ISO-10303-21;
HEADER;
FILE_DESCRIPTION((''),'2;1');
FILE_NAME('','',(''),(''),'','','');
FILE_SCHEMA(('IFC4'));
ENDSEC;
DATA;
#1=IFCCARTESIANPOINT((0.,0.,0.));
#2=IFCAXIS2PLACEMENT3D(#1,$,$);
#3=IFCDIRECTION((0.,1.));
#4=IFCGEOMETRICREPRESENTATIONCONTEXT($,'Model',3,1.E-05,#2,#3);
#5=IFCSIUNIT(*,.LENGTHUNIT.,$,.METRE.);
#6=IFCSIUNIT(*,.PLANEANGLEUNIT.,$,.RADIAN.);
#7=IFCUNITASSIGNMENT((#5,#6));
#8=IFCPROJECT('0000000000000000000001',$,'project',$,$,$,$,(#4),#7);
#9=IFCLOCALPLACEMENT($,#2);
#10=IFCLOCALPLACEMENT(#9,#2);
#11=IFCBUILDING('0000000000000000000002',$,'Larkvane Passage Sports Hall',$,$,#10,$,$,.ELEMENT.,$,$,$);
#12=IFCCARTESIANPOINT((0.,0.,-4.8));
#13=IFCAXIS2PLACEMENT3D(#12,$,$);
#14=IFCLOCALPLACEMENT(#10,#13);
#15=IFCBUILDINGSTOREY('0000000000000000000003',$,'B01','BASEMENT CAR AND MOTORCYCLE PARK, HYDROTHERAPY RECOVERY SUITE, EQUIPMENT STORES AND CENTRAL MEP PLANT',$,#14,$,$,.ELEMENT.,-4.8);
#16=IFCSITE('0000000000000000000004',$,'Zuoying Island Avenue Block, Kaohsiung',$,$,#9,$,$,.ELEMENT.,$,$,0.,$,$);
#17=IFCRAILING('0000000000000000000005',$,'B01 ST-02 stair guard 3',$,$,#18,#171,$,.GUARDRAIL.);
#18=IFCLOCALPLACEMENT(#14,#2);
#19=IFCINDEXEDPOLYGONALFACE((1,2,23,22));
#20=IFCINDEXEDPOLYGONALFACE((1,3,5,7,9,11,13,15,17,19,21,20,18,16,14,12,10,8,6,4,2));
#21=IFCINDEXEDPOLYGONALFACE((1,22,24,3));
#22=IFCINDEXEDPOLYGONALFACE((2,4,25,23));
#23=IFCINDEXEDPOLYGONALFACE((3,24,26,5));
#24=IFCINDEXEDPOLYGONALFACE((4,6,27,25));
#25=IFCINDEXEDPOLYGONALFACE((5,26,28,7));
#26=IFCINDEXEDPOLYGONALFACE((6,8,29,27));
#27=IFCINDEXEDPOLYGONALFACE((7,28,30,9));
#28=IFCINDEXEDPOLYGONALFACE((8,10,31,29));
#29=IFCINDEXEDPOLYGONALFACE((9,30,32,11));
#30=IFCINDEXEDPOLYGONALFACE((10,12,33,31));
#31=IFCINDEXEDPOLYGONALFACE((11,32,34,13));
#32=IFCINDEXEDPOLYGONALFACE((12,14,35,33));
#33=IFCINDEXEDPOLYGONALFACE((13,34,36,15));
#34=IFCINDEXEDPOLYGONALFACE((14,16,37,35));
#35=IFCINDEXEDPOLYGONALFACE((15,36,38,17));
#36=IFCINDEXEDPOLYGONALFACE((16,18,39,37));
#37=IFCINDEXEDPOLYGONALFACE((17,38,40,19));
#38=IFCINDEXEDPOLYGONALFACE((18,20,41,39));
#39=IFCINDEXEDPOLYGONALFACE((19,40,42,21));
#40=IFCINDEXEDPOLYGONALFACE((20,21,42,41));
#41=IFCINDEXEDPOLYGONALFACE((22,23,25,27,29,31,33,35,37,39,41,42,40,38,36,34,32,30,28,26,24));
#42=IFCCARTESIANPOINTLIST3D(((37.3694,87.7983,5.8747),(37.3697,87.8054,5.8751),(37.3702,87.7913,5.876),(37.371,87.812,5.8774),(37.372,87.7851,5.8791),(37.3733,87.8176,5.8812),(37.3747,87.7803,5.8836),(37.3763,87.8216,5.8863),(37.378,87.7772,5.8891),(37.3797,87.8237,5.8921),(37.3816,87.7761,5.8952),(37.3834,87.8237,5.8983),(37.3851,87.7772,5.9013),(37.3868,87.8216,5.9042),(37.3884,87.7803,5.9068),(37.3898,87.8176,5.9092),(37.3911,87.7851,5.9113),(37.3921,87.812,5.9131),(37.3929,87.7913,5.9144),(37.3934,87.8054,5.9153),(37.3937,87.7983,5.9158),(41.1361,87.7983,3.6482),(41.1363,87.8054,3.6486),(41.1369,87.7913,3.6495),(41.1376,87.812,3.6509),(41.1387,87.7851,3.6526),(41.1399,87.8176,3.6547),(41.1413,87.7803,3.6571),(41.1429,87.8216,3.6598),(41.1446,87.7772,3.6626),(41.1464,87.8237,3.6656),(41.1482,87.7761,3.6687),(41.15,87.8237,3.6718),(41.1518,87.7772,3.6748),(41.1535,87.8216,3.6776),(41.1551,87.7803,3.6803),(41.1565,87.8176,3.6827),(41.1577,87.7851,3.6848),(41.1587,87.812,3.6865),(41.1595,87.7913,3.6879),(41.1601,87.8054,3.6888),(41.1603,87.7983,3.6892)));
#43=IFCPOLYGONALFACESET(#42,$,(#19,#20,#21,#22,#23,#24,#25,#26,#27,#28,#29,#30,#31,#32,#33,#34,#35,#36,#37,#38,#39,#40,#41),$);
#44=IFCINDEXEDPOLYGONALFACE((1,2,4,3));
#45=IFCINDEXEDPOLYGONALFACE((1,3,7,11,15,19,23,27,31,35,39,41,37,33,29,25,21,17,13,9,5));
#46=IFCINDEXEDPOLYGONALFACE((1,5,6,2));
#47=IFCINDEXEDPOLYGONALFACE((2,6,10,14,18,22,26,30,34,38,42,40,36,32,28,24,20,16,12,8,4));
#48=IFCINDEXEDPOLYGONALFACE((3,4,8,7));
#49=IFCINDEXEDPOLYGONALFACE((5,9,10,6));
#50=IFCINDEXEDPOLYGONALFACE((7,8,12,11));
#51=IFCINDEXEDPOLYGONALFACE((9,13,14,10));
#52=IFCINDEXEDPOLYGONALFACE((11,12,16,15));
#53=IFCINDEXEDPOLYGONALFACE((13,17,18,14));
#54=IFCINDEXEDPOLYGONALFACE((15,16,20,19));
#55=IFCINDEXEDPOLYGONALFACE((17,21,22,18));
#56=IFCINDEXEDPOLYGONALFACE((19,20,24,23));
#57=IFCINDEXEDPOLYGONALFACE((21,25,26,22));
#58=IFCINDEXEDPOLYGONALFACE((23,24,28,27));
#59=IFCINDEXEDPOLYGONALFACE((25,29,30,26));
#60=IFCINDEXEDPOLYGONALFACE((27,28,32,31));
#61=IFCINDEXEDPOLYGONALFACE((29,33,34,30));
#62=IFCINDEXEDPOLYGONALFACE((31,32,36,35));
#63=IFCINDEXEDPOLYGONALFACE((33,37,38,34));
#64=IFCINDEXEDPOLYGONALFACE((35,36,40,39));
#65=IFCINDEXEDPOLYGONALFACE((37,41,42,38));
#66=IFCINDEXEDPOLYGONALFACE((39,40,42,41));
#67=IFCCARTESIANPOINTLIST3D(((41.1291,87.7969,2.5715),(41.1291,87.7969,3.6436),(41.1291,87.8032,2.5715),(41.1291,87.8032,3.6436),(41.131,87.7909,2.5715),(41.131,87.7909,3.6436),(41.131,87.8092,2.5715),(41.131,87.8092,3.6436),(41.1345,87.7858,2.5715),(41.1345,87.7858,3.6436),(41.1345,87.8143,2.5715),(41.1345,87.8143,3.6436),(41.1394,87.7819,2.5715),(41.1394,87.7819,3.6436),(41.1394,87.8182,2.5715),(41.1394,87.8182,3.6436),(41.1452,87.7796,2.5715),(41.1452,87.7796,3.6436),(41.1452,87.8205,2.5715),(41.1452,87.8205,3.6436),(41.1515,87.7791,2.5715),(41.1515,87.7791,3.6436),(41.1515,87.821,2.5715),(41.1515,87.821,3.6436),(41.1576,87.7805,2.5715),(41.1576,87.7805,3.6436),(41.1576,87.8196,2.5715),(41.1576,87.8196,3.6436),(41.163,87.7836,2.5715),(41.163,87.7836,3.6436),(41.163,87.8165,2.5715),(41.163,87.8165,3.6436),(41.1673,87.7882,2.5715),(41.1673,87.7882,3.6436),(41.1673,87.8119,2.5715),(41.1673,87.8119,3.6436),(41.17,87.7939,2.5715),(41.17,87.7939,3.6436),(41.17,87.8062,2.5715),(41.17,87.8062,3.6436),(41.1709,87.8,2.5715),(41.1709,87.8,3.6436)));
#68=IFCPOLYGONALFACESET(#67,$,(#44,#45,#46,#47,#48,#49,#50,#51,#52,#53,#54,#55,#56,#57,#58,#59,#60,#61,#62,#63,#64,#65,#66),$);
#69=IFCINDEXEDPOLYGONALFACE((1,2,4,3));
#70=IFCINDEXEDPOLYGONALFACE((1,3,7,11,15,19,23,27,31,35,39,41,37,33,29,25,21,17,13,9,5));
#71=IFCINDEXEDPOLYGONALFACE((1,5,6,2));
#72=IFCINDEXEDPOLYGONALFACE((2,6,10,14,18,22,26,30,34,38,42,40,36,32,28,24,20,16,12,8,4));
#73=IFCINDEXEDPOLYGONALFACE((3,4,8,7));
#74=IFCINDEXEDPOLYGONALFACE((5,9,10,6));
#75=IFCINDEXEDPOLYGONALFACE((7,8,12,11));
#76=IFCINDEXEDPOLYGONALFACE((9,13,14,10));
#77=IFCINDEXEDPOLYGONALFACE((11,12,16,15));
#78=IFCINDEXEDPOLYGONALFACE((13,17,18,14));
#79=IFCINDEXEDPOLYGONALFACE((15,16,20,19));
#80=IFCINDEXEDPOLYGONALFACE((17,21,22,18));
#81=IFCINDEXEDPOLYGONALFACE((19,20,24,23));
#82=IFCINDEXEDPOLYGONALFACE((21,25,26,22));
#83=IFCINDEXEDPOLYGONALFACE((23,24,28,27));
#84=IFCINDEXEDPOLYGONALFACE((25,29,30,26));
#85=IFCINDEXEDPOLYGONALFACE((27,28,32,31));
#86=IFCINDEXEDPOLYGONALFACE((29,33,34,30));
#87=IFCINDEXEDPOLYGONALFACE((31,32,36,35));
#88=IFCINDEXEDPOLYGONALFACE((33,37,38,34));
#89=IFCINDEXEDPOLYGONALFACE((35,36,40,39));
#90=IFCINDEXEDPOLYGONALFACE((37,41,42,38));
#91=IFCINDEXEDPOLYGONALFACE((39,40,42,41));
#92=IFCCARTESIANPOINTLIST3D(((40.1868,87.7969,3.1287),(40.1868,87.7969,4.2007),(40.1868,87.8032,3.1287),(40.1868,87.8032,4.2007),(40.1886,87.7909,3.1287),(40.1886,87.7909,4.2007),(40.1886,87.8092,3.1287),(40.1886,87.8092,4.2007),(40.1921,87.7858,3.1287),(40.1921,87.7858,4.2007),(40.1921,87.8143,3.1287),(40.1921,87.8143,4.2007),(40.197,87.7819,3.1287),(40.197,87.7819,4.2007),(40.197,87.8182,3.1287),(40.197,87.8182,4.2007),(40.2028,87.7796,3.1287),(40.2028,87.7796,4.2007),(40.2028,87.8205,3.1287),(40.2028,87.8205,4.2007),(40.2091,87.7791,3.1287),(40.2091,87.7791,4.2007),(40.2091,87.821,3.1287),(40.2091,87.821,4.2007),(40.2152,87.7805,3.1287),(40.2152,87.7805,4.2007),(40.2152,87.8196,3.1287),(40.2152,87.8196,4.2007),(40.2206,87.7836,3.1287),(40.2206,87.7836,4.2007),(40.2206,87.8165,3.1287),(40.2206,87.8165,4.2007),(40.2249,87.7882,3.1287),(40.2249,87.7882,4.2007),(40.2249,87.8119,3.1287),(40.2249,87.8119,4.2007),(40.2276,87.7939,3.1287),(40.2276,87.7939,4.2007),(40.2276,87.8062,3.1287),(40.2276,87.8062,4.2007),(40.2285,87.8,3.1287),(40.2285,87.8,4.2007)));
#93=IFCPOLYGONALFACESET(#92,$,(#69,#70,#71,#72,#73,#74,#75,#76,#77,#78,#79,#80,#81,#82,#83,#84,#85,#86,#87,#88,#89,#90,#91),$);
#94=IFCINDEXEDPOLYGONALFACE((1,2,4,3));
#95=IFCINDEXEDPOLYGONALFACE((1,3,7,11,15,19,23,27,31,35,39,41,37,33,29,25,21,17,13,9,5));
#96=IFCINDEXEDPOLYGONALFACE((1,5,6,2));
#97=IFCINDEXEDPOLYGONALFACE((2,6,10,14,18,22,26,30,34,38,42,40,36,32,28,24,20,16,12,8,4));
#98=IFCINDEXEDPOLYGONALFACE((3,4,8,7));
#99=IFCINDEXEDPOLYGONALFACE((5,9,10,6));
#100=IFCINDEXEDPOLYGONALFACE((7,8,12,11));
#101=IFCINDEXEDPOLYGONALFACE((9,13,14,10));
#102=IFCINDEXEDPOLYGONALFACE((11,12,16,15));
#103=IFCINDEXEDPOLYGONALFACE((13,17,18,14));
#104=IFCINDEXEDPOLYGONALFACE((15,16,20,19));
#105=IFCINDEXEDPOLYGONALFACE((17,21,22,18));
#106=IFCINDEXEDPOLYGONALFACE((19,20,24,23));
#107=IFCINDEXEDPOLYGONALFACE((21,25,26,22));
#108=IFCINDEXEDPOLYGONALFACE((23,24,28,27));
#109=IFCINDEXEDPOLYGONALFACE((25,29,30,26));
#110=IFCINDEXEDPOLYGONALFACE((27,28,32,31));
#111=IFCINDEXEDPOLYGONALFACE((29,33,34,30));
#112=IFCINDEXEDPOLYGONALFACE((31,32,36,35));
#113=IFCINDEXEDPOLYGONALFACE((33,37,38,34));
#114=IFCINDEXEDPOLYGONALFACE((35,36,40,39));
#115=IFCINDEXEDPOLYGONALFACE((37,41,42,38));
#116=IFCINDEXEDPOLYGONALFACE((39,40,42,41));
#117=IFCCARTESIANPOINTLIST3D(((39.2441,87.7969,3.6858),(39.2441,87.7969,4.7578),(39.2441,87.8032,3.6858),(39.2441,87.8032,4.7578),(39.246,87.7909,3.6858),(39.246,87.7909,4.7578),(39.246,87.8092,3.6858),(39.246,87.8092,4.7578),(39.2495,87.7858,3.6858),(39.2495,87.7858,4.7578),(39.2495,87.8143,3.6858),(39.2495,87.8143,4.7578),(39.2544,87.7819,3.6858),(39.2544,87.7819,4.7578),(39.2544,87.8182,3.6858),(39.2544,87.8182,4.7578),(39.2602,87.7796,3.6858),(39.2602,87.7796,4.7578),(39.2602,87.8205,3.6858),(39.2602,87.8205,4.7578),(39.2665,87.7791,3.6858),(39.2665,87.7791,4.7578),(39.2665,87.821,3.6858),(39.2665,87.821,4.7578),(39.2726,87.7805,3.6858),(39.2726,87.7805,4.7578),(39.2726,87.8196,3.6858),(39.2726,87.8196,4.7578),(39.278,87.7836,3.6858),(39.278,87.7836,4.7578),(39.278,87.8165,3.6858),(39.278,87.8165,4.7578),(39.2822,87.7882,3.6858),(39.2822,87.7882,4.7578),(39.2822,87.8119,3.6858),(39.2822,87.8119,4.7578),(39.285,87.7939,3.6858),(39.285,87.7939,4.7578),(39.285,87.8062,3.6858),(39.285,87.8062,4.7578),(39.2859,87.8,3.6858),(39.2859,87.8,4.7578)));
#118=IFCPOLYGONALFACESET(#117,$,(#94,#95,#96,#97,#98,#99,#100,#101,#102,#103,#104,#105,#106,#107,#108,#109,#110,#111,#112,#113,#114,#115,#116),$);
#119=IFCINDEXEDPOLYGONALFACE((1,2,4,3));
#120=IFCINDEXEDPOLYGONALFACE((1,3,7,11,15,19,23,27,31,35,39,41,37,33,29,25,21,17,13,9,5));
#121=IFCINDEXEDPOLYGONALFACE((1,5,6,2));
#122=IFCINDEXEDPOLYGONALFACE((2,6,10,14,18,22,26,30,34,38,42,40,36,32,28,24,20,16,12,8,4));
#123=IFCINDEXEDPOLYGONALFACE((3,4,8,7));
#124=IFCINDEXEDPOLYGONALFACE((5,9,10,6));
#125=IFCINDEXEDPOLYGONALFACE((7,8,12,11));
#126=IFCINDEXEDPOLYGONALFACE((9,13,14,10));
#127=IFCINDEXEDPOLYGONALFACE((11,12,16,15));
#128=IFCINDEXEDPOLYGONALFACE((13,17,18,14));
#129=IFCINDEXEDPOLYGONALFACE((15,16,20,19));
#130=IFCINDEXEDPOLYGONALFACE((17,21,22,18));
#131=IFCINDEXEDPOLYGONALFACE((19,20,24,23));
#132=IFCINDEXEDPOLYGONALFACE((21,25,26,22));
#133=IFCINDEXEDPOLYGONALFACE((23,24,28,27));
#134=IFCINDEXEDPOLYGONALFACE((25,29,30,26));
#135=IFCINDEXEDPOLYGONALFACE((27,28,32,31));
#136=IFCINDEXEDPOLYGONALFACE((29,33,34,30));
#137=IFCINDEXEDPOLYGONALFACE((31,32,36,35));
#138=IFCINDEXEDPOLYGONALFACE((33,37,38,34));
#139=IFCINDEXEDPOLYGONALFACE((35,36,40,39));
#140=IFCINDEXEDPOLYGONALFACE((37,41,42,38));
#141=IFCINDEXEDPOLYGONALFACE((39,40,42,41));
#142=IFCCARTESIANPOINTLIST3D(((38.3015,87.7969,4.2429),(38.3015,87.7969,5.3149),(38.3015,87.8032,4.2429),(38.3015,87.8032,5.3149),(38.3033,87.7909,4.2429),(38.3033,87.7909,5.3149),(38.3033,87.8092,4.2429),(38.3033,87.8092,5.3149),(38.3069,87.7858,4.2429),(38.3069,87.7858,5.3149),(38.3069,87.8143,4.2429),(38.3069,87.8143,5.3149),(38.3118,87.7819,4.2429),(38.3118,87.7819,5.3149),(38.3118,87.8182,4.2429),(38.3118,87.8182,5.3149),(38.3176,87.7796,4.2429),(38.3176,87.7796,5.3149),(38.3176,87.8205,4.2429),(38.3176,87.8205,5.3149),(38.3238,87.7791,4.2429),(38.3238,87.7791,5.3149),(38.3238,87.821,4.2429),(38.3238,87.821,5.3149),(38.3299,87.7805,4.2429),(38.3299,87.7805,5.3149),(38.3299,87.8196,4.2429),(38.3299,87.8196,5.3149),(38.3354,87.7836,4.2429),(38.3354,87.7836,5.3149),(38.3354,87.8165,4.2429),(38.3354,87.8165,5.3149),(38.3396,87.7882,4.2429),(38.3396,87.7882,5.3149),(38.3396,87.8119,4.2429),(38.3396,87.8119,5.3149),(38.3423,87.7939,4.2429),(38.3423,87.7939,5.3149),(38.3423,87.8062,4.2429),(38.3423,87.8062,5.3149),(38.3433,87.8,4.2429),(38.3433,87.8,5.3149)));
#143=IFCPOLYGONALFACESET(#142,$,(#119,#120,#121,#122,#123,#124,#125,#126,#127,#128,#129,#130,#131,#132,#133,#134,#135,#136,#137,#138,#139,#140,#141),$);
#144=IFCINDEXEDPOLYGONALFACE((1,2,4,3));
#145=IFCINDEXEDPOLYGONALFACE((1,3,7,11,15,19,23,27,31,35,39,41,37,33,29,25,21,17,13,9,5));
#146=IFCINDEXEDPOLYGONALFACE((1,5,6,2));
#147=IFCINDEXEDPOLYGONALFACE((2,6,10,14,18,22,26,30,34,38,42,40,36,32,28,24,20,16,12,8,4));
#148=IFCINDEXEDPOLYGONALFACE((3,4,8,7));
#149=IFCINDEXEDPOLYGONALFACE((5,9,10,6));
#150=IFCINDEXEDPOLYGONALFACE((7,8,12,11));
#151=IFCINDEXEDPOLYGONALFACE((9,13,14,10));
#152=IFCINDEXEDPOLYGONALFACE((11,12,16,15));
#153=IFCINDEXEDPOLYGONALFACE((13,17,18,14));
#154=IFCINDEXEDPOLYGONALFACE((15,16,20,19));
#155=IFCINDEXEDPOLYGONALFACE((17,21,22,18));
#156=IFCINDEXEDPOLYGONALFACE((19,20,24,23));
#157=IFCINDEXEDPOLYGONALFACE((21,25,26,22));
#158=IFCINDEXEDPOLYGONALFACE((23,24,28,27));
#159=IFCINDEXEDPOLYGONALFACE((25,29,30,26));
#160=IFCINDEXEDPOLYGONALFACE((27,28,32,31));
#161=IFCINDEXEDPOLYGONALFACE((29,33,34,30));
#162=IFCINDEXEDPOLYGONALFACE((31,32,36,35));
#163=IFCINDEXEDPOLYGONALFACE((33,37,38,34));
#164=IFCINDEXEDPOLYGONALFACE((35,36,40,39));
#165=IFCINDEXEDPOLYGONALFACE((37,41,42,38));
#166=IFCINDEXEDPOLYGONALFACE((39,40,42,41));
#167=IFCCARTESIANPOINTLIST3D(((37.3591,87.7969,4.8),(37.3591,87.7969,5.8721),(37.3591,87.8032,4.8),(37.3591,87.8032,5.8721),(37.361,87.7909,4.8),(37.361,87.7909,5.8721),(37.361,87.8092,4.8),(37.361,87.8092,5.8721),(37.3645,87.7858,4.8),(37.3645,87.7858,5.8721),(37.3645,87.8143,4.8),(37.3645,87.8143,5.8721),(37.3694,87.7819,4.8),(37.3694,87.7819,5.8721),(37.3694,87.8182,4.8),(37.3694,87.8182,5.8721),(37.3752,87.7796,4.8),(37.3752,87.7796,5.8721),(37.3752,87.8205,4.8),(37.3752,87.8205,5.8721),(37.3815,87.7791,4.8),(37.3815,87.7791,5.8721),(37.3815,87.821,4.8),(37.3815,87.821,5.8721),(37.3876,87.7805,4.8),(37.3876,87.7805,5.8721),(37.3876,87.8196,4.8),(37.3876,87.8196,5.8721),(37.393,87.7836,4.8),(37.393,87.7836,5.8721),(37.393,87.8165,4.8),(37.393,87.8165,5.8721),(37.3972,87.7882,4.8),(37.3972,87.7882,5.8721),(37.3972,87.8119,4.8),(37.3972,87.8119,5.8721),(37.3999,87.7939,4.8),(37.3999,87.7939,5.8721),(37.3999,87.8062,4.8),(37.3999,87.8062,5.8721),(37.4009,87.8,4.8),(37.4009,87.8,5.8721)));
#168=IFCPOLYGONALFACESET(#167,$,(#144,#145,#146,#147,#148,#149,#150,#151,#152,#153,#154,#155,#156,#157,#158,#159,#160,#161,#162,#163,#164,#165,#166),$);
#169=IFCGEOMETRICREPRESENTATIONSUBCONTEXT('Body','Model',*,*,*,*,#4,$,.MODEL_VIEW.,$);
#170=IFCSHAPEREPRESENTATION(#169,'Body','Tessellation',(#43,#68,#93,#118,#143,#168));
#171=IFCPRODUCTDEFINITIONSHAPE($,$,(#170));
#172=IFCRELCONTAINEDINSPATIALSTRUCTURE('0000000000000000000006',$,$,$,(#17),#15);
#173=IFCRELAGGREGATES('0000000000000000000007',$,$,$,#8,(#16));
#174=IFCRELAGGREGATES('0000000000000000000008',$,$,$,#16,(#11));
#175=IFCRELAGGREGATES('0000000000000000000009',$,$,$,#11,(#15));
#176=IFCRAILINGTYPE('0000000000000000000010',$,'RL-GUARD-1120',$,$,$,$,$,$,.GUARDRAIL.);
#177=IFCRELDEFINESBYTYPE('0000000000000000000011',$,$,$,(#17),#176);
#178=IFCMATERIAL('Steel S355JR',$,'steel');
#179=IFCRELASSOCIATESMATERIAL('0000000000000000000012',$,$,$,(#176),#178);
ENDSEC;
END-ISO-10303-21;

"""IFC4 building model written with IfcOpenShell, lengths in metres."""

from ifc_helpers import new_model, si_unit, direction, frame, origin, origin_2d, place, context, subcontext, project, spatial, circle, extrude, material, type_object, element, save


model = new_model("IFC4")

# Units and contexts
model_context = context("Model", 3, precision=1e-05, world=origin(), true_north=direction((0.0, 1.0)))
body_context = subcontext(model_context, "Body", "Model", "MODEL_VIEW")
ifc_project = project(units=[si_unit("LENGTHUNIT", "METRE"), si_unit("PLANEANGLEUNIT", "RADIAN")], contexts=[model_context])

# Site, building, storey
site_placement = place(None, origin())
site = spatial("IfcSite", under=ifc_project, at=site_placement, Name="Zuoying Island Avenue Block, Kaohsiung", CompositionType="ELEMENT", RefElevation=0.0)
building_placement = place(site_placement, origin())
building = spatial("IfcBuilding", under=site, at=building_placement, Name="Larkvane Passage Sports Hall", CompositionType="ELEMENT")
storey_placement = place(building_placement, frame((0.0, 0.0, -4.8)))
storey = spatial("IfcBuildingStorey", under=building, at=storey_placement, Name="B01", Description="BASEMENT CAR AND MOTORCYCLE PARK, HYDROTHERAPY RECOVERY SUITE, EQUIPMENT STORES AND CENTRAL MEP PLANT", CompositionType="ELEMENT", Elevation=-4.8)

# Railing
ifc_material_1 = material(Name="Steel S355JR", Category="steel")
railing_type_1 = type_object("IfcRailingType", Name="RL-GUARD-1120", PredefinedType="GUARDRAIL", material=ifc_material_1)
railing_1_placement = place(storey_placement, frame((41.1499, 87.8, 2.5715)))
element("IfcRailing", 1, at=railing_1_placement, inside=storey, type_object=railing_type_1, Name="B01 ST-02 stair guard 3", PredefinedType="GUARDRAIL", context=body_context, shape_type="SweptSolid", body=[
    extrude(circle(Radius=0.0239, at=origin_2d()), frame((-0.0017, 0.0, 1.0972), z_axis=(-0.860849, 0.0, 0.508861), x_axis=(0.0, -1.0, 0.0)), (0.0, 0.0, 1.0), 4.3755),
    extrude(circle(Radius=0.021, at=origin_2d()), origin(), (0.0, 0.0, 1.0), 1.072),
    extrude(circle(Radius=0.021, at=origin_2d()), frame((-0.9424, 0.0, 0.5571)), (0.0, 0.0, 1.0), 1.072),
    extrude(circle(Radius=0.021, at=origin_2d()), frame((-1.885, 0.0, 1.1143)), (0.0, 0.0, 1.0), 1.072),
    extrude(circle(Radius=0.021, at=origin_2d()), frame((-2.8276, 0.0, 1.6714)), (0.0, 0.0, 1.0), 1.072),
    extrude(circle(Radius=0.021, at=origin_2d()), frame((-3.77, 0.0, 2.2285)), (0.0, 0.0, 1.0), 1.072),
])

save(model, "model.ifc")
